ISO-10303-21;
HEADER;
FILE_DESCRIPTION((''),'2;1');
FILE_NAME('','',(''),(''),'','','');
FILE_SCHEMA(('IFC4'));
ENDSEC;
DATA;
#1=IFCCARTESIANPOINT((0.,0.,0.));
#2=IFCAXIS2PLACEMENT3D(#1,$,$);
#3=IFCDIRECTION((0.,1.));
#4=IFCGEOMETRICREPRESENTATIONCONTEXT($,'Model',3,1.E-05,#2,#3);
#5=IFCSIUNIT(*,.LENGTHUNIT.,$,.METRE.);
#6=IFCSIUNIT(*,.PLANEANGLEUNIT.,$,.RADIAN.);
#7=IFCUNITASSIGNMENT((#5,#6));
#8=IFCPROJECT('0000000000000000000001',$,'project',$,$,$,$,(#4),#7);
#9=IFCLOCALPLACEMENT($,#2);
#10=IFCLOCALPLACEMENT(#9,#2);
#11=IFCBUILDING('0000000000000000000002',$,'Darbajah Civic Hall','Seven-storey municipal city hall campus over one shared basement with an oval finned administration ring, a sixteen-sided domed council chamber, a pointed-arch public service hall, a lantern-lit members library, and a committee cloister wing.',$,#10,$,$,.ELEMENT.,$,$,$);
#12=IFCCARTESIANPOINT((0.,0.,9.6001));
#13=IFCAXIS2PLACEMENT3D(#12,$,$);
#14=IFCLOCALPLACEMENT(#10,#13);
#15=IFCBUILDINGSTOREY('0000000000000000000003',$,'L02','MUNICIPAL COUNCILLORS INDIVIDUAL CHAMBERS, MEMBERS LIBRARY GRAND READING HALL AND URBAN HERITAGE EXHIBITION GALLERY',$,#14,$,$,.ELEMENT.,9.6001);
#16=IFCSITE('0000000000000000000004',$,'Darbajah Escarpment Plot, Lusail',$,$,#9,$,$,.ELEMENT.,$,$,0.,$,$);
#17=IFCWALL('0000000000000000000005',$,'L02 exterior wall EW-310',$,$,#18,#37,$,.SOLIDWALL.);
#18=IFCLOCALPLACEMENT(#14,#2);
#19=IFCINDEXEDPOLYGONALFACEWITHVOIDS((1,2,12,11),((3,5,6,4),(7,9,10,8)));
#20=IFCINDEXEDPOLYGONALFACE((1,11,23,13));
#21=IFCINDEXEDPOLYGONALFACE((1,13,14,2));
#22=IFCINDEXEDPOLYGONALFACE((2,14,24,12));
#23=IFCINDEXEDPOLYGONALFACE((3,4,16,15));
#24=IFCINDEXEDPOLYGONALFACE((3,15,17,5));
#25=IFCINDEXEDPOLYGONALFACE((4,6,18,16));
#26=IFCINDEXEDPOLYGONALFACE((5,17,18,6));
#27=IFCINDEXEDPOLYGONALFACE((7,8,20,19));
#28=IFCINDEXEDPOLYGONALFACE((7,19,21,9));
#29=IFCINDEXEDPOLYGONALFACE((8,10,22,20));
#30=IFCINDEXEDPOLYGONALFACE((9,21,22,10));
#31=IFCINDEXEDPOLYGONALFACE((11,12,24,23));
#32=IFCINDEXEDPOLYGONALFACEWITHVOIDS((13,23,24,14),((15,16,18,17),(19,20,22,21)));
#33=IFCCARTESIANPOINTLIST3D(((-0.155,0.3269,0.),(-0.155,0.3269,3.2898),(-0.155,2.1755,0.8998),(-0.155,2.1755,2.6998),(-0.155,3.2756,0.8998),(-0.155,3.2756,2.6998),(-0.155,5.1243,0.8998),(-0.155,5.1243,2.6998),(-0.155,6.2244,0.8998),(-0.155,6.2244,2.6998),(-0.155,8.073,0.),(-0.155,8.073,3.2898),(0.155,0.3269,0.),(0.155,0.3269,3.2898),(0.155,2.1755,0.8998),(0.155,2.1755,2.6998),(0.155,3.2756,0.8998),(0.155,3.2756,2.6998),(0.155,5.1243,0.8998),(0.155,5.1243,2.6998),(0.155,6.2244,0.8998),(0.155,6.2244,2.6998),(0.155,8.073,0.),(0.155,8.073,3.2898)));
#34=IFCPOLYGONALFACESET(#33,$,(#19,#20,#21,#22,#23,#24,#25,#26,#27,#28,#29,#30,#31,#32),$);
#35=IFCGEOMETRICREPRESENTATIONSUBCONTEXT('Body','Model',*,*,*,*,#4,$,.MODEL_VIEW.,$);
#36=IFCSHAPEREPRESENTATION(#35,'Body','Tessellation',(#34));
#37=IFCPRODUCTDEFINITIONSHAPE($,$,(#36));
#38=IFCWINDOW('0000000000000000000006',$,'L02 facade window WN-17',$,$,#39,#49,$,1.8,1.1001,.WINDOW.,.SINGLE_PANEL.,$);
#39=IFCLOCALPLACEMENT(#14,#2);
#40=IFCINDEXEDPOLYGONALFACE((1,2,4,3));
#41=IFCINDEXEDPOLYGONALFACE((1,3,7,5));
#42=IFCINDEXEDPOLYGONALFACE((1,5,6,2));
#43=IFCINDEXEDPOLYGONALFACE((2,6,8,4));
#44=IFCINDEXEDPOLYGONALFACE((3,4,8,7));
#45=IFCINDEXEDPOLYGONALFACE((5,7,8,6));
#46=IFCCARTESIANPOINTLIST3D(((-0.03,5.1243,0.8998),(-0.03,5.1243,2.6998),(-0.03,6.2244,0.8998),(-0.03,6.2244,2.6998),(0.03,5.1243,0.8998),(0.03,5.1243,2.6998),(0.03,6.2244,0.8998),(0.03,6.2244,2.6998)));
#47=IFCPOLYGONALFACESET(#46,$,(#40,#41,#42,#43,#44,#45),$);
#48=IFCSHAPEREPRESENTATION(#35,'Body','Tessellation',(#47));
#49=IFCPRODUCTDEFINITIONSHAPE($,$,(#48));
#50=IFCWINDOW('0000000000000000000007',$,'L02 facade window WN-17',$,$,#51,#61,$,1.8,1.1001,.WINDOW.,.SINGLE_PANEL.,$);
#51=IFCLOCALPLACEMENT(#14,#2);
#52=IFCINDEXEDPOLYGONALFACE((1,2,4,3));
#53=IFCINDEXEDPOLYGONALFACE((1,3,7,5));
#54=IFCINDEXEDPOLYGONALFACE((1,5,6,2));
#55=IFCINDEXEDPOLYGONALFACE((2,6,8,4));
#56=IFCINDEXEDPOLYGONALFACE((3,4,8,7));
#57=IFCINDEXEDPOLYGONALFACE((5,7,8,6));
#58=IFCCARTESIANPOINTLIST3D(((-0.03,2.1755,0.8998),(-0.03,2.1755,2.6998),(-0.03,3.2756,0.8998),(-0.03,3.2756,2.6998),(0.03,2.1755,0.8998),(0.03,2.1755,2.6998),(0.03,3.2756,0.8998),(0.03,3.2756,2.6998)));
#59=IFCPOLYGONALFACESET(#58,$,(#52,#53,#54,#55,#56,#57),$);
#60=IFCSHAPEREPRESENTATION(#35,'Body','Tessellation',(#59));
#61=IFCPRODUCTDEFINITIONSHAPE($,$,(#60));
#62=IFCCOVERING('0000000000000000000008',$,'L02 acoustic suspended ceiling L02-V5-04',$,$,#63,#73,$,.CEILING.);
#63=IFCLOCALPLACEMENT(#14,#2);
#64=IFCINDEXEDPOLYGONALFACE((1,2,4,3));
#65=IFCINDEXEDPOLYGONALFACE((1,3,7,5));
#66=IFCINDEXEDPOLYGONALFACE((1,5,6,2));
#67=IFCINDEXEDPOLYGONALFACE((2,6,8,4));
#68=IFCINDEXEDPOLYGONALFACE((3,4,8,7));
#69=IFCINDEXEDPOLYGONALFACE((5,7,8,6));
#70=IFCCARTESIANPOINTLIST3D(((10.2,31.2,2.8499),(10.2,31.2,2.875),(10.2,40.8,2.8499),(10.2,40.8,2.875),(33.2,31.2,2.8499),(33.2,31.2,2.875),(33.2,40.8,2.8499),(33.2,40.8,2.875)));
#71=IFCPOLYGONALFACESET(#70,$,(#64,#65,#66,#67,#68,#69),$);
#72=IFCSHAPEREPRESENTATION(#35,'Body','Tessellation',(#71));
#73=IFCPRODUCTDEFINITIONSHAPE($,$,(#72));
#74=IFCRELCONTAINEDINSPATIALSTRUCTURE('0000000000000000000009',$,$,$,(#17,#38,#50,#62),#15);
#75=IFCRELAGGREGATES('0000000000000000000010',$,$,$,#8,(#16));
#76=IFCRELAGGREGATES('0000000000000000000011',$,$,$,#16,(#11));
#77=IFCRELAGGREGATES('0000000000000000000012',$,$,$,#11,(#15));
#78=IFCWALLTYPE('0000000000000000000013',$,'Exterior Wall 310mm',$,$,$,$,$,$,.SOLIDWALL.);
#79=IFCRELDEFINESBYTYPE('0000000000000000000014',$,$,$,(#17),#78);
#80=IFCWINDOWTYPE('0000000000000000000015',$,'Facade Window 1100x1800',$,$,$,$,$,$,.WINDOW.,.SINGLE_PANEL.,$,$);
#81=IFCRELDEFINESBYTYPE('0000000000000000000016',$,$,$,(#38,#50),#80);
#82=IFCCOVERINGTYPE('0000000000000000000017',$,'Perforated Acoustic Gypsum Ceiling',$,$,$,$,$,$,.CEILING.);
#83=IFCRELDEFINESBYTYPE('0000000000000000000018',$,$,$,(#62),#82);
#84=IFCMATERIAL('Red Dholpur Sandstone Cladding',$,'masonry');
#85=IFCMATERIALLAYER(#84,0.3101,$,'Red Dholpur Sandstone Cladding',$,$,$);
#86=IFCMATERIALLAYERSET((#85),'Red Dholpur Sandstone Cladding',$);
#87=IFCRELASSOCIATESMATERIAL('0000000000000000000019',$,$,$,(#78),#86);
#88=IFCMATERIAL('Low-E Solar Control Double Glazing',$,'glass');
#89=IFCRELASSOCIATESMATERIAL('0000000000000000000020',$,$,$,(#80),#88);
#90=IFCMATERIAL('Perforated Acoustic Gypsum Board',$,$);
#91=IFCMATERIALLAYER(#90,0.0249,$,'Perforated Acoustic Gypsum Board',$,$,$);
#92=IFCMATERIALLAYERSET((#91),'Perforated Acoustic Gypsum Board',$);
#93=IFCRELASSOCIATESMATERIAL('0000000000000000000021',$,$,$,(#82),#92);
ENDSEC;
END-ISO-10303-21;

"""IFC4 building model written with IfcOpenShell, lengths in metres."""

from ifc_helpers import new_model, si_unit, direction, frame, frame_2d, origin, place, context, subcontext, project, spatial, polyline, rectangle, outline, extrude, material, layer, layer_set, type_object, element, fill, save


model = new_model("IFC4")

# Units and contexts
model_context = context("Model", 3, precision=1e-05, world=origin(), true_north=direction((0.0, 1.0)))
body_context = subcontext(model_context, "Body", "Model", "MODEL_VIEW")
ifc_project = project(units=[si_unit("LENGTHUNIT", "METRE"), si_unit("PLANEANGLEUNIT", "RADIAN")], contexts=[model_context])

# Site, building, storey
site_placement = place(None, origin())
site = spatial("IfcSite", under=ifc_project, at=site_placement, Name="Darbajah Escarpment Plot, Lusail", CompositionType="ELEMENT", RefElevation=0.0)
building_placement = place(site_placement, origin())
building = spatial("IfcBuilding", under=site, at=building_placement, Name="Darbajah Civic Hall", Description="Seven-storey municipal city hall campus over one shared basement with an oval finned administration ring, a sixteen-sided domed council chamber, a pointed-arch public service hall, a lantern-lit members library, and a committee cloister wing.", CompositionType="ELEMENT")
storey_placement = place(building_placement, frame((0.0, 0.0, 9.6001)))
storey = spatial("IfcBuildingStorey", under=building, at=storey_placement, Name="L02", Description="MUNICIPAL COUNCILLORS INDIVIDUAL CHAMBERS, MEMBERS LIBRARY GRAND READING HALL AND URBAN HERITAGE EXHIBITION GALLERY", CompositionType="ELEMENT", Elevation=9.6001)

# Wall, openings, windows
ifc_material_1 = material(Name="Red Dholpur Sandstone Cladding", Category="masonry")
ifc_layer_1 = layer(ifc_material_1, 0.3101, Name="Red Dholpur Sandstone Cladding")
ifc_layer_set_1 = layer_set([ifc_layer_1], Name="Red Dholpur Sandstone Cladding")
wall_type = type_object("IfcWallType", Name="Exterior Wall 310mm", PredefinedType="SOLIDWALL", material=ifc_layer_set_1)
ifc_material_2 = material(Name="Low-E Solar Control Double Glazing", Category="glass")
window_type = type_object("IfcWindowType", Name="Facade Window 1100x1800", PartitioningType="SINGLE_PANEL", PredefinedType="WINDOW", material=ifc_material_2)
wall_1_placement = place(storey_placement, frame((0.0, 8.073, 0.0), z_axis=(0.0, 0.0, 1.0), x_axis=(0.0, -1.0, 0.0)))
wall_1 = element("IfcWall", 1, at=wall_1_placement, inside=storey, type_object=wall_type, Name="L02 exterior wall EW-310", PredefinedType="SOLIDWALL", context=body_context, shape_type="SweptSolid", body=[
    extrude(rectangle(XDim=7.7461, YDim=0.3101, at=frame_2d((3.873, 0.0))), origin(), (0.0, 0.0, 1.0), 3.2898),
])
opening_1_placement = place(wall_1_placement, frame((1.8486, 0.0, 0.8999)))
opening_1 = element("IfcOpeningElement", 2, at=opening_1_placement, cuts=wall_1, PredefinedType="OPENING", context=body_context, shape_type="SweptSolid", body=[
    extrude(rectangle(XDim=1.1001, YDim=1.8, at=frame_2d((0.55, 0.8999))), frame((0.0, 0.165, 0.0), z_axis=(0.0, -1.0, 0.0), x_axis=(1.0, 0.0, 0.0)), (0.0, 0.0, 1.0), 0.3301),
])
opening_2_placement = place(wall_1_placement, frame((4.7974, 0.0, 0.8999)))
opening_2 = element("IfcOpeningElement", 3, at=opening_2_placement, cuts=wall_1, PredefinedType="OPENING", context=body_context, shape_type="SweptSolid", body=[
    extrude(rectangle(XDim=1.1001, YDim=1.8, at=frame_2d((0.55, 0.8999))), frame((0.0, 0.165, 0.0), z_axis=(0.0, -1.0, 0.0), x_axis=(1.0, 0.0, 0.0)), (0.0, 0.0, 1.0), 0.3301),
])
window_1_placement = place(opening_1_placement, origin())
window_1 = element("IfcWindow", 4, at=window_1_placement, inside=storey, type_object=window_type, Name="L02 facade window WN-17", OverallHeight=1.8, OverallWidth=1.1001, PartitioningType="SINGLE_PANEL", PredefinedType="WINDOW", context=body_context, shape_type="SweptSolid", body=[
    extrude(rectangle(XDim=1.1001, YDim=1.8, at=frame_2d((0.55, 0.8999))), frame((0.0, 0.03, 0.0), z_axis=(0.0, -1.0, 0.0), x_axis=(1.0, 0.0, 0.0)), (0.0, 0.0, 1.0), 0.0601),
])
fill(opening_1, window_1)
window_2_placement = place(opening_2_placement, origin())
window_2 = element("IfcWindow", 5, at=window_2_placement, inside=storey, type_object=window_type, Name="L02 facade window WN-17", OverallHeight=1.8, OverallWidth=1.1001, PartitioningType="SINGLE_PANEL", PredefinedType="WINDOW", context=body_context, shape_type="SweptSolid", body=[
    extrude(rectangle(XDim=1.1001, YDim=1.8, at=frame_2d((0.55, 0.8999))), frame((0.0, 0.03, 0.0), z_axis=(0.0, -1.0, 0.0), x_axis=(1.0, 0.0, 0.0)), (0.0, 0.0, 1.0), 0.0601),
])
fill(opening_2, window_2)

# Covering
ifc_material_3 = material(Name="Perforated Acoustic Gypsum Board")
ifc_layer_2 = layer(ifc_material_3, 0.0249, Name="Perforated Acoustic Gypsum Board")
ifc_layer_set_2 = layer_set([ifc_layer_2], Name="Perforated Acoustic Gypsum Board")
covering_type = type_object("IfcCoveringType", Name="Perforated Acoustic Gypsum Ceiling", PredefinedType="CEILING", material=ifc_layer_set_2)
covering_placement = place(storey_placement, frame((0.0, 0.0, 2.8499)))
element("IfcCovering", 6, at=covering_placement, inside=storey, type_object=covering_type, Name="L02 acoustic suspended ceiling L02-V5-04", PredefinedType="CEILING", context=body_context, shape_type="SweptSolid", body=[
    extrude(outline(polyline([(10.2, 31.2), (33.2, 31.2), (33.2, 40.8), (10.2, 40.8), (10.2, 31.2)])), origin(), (0.0, 0.0, 1.0), 0.0251),
])

save(model, "model.ifc")
